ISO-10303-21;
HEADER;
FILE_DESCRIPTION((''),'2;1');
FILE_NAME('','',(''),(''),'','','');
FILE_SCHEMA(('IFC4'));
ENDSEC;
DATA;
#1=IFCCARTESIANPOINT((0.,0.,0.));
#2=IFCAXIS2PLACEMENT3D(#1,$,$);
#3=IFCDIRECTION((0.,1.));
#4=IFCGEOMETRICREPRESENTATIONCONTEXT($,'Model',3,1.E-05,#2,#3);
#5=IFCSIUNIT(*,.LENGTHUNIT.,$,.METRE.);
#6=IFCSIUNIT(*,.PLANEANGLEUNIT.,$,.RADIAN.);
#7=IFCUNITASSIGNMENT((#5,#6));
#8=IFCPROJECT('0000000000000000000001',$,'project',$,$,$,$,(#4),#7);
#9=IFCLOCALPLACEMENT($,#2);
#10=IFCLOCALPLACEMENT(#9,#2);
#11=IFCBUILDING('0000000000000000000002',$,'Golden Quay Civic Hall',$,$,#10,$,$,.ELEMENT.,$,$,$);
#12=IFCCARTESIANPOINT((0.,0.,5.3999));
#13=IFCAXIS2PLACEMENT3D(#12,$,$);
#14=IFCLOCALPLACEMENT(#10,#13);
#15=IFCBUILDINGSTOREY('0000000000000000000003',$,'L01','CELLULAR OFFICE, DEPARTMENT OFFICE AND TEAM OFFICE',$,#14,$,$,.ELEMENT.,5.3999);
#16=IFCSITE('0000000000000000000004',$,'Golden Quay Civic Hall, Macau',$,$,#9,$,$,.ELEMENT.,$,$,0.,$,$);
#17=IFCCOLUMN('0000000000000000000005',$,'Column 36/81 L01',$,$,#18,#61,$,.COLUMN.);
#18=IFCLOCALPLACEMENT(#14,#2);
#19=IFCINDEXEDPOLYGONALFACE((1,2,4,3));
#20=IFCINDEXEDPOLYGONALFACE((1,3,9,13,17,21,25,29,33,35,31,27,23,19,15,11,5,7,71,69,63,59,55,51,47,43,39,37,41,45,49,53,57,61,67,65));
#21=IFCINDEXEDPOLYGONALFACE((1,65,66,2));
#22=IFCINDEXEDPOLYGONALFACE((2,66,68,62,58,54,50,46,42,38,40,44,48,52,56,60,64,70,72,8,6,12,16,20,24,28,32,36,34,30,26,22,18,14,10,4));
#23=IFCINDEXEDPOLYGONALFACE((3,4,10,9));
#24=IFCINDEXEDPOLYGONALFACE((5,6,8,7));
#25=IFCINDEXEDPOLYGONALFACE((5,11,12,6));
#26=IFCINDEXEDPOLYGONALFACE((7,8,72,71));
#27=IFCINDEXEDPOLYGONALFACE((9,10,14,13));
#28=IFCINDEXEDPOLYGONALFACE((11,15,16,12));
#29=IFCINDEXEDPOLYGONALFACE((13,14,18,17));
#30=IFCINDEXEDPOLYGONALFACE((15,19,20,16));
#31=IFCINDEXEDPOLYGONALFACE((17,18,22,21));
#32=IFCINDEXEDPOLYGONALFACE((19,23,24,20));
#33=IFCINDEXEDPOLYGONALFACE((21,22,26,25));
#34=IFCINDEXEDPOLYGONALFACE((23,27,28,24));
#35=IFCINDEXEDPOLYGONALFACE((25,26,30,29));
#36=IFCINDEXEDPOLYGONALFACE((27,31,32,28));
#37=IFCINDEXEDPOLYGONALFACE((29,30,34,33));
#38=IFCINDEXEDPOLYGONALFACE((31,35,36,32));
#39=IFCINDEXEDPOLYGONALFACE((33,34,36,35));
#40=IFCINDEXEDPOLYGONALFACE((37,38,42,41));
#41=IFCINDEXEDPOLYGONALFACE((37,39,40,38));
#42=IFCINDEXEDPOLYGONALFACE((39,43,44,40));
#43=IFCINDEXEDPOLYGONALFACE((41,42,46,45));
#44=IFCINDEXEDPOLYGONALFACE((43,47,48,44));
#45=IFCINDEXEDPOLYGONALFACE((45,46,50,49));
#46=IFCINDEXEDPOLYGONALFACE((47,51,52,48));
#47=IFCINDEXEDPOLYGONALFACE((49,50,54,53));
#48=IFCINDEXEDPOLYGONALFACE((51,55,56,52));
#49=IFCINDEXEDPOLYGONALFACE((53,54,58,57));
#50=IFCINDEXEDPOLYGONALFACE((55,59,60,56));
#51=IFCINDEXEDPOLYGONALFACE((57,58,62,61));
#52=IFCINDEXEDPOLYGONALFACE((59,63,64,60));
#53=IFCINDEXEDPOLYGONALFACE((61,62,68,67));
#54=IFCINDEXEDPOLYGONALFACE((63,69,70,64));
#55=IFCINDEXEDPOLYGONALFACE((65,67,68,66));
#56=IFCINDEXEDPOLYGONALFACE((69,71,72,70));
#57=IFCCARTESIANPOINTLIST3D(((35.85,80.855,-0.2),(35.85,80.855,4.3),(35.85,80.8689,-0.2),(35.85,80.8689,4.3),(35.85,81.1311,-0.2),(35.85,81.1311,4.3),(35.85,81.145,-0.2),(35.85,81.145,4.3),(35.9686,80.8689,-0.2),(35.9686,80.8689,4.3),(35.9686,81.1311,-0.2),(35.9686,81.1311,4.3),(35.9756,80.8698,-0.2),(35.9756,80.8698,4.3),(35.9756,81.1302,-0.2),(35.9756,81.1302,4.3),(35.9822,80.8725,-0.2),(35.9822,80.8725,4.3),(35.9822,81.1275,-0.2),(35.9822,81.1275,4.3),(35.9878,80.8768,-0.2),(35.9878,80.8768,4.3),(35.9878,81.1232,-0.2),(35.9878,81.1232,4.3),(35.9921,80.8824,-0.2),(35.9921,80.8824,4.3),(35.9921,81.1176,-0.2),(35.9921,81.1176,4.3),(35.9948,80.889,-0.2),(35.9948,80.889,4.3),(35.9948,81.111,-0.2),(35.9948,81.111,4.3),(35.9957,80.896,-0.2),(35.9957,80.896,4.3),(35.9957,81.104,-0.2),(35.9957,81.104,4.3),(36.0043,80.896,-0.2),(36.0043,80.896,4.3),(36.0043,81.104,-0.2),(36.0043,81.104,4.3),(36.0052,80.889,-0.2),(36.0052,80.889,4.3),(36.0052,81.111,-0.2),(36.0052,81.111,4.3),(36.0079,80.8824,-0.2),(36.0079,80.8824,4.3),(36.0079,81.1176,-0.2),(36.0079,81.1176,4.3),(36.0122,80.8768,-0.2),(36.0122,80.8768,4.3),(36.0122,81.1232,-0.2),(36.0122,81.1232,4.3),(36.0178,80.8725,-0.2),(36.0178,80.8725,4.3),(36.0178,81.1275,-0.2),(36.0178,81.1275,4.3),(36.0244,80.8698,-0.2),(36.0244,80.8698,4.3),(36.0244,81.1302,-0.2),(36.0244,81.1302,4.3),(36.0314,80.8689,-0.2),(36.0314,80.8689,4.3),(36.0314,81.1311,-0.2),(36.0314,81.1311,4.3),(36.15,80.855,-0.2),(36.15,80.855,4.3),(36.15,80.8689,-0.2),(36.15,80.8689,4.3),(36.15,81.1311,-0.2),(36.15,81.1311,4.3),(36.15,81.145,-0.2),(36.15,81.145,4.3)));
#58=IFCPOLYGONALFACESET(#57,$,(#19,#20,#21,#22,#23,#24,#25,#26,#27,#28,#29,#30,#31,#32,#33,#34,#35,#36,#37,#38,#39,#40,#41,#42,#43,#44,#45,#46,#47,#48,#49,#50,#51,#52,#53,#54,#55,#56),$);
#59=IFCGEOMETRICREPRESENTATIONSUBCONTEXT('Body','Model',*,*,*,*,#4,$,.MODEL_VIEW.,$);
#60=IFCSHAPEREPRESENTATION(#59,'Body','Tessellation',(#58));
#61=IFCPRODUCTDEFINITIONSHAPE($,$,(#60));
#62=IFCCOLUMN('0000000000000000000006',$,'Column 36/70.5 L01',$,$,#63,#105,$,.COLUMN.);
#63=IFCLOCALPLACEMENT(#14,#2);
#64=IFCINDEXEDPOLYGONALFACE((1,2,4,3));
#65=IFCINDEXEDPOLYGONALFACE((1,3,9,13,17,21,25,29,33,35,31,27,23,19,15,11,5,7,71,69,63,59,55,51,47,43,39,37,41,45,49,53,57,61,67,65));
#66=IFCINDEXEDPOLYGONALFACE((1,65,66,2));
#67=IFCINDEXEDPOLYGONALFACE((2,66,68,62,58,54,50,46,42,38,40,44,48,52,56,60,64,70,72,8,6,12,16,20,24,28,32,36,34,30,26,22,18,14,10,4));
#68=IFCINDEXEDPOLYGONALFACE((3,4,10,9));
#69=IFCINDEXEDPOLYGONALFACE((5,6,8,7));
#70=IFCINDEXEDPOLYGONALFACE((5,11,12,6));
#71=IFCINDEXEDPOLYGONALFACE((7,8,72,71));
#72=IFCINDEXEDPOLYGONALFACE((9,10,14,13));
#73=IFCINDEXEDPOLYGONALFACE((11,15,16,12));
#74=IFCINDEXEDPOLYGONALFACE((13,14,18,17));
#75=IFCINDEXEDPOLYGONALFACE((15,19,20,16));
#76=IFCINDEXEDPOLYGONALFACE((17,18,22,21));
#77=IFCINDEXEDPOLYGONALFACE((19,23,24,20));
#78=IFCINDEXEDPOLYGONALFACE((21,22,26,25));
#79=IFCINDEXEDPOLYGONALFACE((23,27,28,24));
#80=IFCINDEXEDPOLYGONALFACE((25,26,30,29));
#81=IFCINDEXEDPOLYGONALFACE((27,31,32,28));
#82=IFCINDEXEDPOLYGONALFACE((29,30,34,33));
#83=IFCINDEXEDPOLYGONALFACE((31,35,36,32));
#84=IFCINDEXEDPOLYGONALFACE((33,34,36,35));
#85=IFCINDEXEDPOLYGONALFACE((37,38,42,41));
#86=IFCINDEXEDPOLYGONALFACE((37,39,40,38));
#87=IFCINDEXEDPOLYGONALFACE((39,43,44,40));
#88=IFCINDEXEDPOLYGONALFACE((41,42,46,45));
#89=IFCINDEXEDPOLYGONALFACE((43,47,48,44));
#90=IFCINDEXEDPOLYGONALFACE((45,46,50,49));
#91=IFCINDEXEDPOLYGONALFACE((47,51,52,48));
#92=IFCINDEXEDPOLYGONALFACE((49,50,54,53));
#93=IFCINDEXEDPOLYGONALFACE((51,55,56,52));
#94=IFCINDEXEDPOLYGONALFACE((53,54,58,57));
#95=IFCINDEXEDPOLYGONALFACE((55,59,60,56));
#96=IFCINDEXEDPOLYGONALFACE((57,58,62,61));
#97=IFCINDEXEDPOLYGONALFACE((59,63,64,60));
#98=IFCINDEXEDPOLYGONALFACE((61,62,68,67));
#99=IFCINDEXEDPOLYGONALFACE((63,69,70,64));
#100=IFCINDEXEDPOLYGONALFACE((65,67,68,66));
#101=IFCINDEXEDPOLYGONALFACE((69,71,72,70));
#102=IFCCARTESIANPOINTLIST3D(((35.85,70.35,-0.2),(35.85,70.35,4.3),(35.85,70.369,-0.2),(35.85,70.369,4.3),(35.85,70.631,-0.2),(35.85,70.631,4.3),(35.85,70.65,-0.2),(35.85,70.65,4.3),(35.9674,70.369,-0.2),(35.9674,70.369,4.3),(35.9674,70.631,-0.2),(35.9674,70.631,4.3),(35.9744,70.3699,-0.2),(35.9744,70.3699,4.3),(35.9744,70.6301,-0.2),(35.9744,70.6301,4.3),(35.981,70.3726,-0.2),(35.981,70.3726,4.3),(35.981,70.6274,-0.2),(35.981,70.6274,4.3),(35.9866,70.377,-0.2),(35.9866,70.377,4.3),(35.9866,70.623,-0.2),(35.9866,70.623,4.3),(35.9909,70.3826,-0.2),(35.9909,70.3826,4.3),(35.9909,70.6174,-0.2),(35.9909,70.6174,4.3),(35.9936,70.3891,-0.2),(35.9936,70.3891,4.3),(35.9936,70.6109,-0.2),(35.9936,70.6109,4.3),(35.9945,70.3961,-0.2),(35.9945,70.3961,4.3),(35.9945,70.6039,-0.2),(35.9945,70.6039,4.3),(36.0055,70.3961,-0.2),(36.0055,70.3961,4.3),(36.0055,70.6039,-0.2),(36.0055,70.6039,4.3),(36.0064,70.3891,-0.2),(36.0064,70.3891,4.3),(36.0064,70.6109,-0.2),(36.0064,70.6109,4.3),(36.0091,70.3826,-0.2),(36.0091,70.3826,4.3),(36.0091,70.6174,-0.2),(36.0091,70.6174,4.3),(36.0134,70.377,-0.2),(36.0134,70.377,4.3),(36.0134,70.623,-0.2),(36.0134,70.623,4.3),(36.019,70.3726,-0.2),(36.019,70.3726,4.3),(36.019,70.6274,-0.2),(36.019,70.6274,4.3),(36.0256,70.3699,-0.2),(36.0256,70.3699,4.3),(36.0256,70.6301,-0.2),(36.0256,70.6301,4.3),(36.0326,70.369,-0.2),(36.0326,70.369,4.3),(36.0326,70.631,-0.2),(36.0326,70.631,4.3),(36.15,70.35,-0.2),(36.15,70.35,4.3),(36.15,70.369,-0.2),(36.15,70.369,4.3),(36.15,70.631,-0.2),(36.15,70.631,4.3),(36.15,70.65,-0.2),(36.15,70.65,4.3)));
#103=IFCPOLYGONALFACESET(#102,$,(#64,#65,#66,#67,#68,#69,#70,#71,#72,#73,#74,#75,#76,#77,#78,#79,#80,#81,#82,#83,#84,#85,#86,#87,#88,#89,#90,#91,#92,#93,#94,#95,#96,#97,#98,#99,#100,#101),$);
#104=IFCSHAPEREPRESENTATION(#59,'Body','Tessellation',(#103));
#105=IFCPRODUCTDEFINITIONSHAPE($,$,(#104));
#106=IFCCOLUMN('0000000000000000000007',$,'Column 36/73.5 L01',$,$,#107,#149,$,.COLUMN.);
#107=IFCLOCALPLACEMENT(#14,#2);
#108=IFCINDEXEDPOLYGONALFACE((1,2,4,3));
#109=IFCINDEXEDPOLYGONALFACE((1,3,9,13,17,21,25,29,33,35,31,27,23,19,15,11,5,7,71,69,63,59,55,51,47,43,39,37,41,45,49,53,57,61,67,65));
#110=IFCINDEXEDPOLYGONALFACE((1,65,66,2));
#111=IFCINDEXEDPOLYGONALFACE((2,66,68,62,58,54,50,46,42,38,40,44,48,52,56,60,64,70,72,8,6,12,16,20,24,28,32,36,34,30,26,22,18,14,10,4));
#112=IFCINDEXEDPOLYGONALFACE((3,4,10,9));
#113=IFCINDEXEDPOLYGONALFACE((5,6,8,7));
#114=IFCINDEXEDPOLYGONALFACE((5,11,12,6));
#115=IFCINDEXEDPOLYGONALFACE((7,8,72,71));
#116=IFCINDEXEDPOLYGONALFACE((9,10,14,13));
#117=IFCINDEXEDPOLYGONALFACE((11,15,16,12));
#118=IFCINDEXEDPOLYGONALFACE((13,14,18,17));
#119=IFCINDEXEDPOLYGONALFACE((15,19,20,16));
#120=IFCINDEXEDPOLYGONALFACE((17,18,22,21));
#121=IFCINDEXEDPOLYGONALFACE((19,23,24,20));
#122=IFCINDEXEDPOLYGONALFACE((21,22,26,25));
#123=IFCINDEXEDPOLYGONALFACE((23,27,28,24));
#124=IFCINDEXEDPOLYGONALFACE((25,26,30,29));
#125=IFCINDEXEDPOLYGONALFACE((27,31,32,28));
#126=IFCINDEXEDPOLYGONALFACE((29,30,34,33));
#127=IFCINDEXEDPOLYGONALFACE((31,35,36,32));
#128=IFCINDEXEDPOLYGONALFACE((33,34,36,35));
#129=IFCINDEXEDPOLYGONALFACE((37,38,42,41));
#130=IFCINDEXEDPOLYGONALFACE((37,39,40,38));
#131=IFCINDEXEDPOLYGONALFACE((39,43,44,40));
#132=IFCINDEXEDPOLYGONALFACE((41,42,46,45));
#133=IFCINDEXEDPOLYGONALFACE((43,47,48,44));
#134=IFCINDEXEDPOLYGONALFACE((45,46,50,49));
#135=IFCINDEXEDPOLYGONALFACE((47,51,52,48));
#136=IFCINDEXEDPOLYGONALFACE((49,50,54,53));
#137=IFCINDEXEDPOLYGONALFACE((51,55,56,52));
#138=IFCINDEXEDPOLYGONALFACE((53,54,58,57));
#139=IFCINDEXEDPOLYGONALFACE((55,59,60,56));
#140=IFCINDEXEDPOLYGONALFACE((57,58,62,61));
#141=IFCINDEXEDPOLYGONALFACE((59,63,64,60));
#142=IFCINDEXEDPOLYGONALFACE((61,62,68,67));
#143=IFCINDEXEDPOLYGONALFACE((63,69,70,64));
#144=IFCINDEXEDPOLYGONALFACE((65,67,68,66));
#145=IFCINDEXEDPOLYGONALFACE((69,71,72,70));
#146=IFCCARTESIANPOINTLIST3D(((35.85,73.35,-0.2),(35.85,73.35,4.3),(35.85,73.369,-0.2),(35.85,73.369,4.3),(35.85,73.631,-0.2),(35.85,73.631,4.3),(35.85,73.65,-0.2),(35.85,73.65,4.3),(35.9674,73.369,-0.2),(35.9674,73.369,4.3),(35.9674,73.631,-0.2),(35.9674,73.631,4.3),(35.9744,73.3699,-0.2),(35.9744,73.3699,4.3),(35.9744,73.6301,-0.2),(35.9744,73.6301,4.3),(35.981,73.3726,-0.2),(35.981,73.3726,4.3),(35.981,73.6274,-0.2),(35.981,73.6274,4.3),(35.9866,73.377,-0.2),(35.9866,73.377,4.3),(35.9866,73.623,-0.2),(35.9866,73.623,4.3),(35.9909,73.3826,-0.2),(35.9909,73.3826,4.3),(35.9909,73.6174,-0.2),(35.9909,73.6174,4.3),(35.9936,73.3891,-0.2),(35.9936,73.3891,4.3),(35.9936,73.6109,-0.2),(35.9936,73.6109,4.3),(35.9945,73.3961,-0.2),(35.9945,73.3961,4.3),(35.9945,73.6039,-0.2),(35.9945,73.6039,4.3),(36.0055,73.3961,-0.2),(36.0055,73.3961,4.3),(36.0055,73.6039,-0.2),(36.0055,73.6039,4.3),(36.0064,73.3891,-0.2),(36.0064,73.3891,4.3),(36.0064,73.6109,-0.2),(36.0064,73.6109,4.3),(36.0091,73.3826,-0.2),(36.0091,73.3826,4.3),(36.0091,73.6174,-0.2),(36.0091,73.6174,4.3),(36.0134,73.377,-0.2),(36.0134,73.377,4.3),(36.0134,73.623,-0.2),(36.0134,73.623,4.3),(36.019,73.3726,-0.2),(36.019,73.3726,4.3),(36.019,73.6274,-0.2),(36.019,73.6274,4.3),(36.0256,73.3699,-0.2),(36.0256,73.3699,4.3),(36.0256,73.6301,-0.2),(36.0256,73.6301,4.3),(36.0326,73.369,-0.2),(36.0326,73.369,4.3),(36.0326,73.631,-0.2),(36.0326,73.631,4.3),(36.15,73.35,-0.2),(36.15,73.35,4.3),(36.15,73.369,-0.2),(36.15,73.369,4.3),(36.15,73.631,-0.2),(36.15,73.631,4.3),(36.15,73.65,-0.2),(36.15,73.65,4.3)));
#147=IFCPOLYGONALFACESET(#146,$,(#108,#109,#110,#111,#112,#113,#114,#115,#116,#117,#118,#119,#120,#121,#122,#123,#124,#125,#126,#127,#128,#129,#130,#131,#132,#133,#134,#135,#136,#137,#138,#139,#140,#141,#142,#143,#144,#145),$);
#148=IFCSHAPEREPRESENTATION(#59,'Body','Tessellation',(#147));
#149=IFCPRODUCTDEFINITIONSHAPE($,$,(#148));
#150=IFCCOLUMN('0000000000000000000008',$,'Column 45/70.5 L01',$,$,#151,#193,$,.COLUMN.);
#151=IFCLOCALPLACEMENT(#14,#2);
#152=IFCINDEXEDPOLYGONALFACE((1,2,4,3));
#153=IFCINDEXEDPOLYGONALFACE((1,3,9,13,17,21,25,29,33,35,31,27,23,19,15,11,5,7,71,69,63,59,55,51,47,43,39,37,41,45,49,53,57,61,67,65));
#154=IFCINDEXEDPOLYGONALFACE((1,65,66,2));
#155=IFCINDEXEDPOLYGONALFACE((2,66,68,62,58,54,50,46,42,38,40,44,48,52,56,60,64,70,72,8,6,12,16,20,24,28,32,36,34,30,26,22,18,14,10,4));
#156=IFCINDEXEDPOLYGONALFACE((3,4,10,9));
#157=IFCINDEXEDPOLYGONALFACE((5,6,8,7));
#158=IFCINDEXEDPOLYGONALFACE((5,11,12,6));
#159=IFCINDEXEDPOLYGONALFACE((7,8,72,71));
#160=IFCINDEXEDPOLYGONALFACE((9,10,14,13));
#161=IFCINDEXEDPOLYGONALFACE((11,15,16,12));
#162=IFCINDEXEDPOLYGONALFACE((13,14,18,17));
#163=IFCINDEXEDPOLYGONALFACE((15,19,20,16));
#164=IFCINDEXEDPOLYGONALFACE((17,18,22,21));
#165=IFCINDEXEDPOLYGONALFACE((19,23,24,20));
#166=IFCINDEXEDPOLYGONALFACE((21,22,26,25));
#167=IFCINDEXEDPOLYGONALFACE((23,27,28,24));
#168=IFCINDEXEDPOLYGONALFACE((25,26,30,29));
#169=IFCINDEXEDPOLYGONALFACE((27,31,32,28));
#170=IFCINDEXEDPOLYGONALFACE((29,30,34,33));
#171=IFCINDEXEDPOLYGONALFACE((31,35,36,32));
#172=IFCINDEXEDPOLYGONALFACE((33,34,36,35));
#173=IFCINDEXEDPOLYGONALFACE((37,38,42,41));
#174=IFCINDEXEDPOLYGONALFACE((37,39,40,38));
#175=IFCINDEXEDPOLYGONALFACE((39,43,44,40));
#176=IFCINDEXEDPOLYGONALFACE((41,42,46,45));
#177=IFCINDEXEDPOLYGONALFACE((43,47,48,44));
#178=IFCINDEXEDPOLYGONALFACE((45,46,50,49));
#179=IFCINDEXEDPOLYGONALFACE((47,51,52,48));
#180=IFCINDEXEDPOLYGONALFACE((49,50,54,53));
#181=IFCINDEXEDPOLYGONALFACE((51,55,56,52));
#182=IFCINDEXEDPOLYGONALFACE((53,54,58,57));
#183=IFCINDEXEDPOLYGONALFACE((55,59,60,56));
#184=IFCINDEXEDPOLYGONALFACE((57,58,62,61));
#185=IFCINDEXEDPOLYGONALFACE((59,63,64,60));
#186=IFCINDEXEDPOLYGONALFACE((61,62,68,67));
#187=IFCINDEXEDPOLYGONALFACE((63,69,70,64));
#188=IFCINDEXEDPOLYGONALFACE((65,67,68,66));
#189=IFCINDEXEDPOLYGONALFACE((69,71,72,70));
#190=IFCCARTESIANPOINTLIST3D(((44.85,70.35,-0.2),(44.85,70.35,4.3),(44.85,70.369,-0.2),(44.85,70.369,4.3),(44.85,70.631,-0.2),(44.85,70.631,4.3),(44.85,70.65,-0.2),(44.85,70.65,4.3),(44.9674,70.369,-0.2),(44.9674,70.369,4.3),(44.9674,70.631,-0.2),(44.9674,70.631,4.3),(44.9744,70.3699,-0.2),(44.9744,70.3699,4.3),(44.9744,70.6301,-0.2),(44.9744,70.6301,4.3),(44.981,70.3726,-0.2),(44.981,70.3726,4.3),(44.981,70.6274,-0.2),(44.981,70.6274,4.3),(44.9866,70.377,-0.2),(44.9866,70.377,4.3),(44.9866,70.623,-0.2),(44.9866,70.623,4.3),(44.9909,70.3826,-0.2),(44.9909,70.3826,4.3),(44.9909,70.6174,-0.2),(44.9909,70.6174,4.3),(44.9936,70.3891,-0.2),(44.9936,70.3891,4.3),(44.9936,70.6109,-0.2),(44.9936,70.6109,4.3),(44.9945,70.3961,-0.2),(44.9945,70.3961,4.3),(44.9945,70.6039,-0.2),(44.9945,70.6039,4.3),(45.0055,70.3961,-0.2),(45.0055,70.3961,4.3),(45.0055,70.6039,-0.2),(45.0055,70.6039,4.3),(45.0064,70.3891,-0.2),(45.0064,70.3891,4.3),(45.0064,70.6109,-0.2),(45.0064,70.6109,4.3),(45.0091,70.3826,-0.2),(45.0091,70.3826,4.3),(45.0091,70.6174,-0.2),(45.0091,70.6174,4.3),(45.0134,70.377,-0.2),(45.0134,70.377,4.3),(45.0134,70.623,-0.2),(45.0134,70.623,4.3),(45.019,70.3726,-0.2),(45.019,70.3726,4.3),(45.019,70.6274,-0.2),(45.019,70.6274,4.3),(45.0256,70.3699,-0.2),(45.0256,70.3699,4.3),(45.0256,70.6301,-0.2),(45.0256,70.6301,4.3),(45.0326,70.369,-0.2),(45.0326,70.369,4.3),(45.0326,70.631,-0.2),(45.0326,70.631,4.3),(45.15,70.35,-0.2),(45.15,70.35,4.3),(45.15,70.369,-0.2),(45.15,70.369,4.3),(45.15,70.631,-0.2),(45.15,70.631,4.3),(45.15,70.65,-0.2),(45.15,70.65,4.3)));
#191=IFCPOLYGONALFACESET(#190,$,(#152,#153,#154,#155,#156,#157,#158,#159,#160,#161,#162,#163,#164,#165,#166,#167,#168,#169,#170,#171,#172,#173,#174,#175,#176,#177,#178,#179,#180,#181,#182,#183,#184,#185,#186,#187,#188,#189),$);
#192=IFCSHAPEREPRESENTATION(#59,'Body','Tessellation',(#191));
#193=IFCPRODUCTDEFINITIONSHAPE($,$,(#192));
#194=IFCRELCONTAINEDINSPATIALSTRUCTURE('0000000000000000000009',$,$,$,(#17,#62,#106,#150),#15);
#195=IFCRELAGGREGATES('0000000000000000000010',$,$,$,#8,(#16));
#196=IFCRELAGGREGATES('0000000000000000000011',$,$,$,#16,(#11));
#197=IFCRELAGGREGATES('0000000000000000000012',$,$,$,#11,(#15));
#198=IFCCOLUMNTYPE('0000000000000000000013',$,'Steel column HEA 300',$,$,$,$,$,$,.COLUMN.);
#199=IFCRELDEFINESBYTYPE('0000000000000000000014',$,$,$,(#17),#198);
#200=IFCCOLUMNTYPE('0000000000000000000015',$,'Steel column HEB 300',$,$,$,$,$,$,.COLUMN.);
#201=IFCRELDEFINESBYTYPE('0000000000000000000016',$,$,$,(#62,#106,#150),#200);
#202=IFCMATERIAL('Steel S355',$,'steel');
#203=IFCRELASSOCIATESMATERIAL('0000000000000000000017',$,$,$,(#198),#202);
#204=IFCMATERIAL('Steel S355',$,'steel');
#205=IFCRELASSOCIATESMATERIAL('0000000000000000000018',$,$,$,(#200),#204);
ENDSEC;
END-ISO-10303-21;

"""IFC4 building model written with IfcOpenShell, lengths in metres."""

from ifc_helpers import new_model, si_unit, direction, frame, origin, origin_2d, place, context, subcontext, project, spatial, i_section, extrude, material, material_profile, profile_set, type_object, element, save


model = new_model("IFC4")

# Units and contexts
model_context = context("Model", 3, precision=1e-05, world=origin(), true_north=direction((0.0, 1.0)))
body_context = subcontext(model_context, "Body", "Model", "MODEL_VIEW")
ifc_project = project(units=[si_unit("LENGTHUNIT", "METRE"), si_unit("PLANEANGLEUNIT", "RADIAN")], contexts=[model_context])

# Site, building, storey
site_placement = place(None, origin())
site = spatial("IfcSite", under=ifc_project, at=site_placement, Name="Golden Quay Civic Hall, Macau", CompositionType="ELEMENT", RefElevation=0.0)
building_placement = place(site_placement, origin())
building = spatial("IfcBuilding", under=site, at=building_placement, Name="Golden Quay Civic Hall", CompositionType="ELEMENT")
storey_placement = place(building_placement, frame((0.0, 0.0, 5.3999)))
storey = spatial("IfcBuildingStorey", under=building, at=storey_placement, Name="L01", Description="CELLULAR OFFICE, DEPARTMENT OFFICE AND TEAM OFFICE", CompositionType="ELEMENT", Elevation=5.3999)

# Columns
ifc_material_1 = material(Name="Steel S355", Category="steel")
ifc_material_profile_1 = material_profile(ifc_material_1, i_section(OverallWidth=0.3, OverallDepth=0.29, WebThickness=0.0085, FlangeThickness=0.0139, FilletRadius=0.0271, at=origin_2d()), Name="HEA 300")
ifc_profile_set_1 = profile_set([ifc_material_profile_1], Name="Steel S355")
column_type_1 = type_object("IfcColumnType", Name="Steel column HEA 300", PredefinedType="COLUMN", material=ifc_profile_set_1)
column_placement = place(storey_placement, frame((36.0, 81.0, -0.2), z_axis=(0.0, 0.0, 1.0), x_axis=(1.0, 0.0, 0.0)))
element("IfcColumn", 1, at=column_placement, inside=storey, type_object=column_type_1, Name="Column 36/81 L01", PredefinedType="COLUMN", context=body_context, shape_type="SweptSolid", body=[
    extrude(i_section(OverallWidth=0.3, OverallDepth=0.29, WebThickness=0.0085, FlangeThickness=0.0139, FilletRadius=0.0271, at=origin_2d()), origin(), (0.0, 0.0, 1.0), 4.5),
])
ifc_material_2 = material(Name="Steel S355", Category="steel")
ifc_material_profile_2 = material_profile(ifc_material_2, i_section(OverallWidth=0.3, OverallDepth=0.3, WebThickness=0.011, FlangeThickness=0.019, FilletRadius=0.0271, at=origin_2d()), Name="HEB 300")
ifc_profile_set_2 = profile_set([ifc_material_profile_2], Name="Steel S355")
column_type_2 = type_object("IfcColumnType", Name="Steel column HEB 300", PredefinedType="COLUMN", material=ifc_profile_set_2)
for number, where, z_axis, x_axis, name in (
    (2, (36.0, 70.5, -0.2), (0.0, 0.0, 1.0), (1.0, 0.0, 0.0), "Column 36/70.5 L01"),
    (3, (36.0, 73.5, -0.2), (0.0, 0.0, 1.0), (1.0, 0.0, 0.0), "Column 36/73.5 L01"),
    (4, (45.0, 70.5, -0.2), (0.0, 0.0, 1.0), (1.0, 0.0, 0.0), "Column 45/70.5 L01"),
):
    element("IfcColumn", number, at=place(storey_placement, frame(where, z_axis=z_axis, x_axis=x_axis)), inside=storey, type_object=column_type_2, Name=name, PredefinedType="COLUMN", context=body_context, shape_type="SweptSolid", body=[
        extrude(i_section(OverallWidth=0.3, OverallDepth=0.3, WebThickness=0.011, FlangeThickness=0.019, FilletRadius=0.0271, at=origin_2d()), origin(), (0.0, 0.0, 1.0), 4.5),
    ])

save(model, "model.ifc")
